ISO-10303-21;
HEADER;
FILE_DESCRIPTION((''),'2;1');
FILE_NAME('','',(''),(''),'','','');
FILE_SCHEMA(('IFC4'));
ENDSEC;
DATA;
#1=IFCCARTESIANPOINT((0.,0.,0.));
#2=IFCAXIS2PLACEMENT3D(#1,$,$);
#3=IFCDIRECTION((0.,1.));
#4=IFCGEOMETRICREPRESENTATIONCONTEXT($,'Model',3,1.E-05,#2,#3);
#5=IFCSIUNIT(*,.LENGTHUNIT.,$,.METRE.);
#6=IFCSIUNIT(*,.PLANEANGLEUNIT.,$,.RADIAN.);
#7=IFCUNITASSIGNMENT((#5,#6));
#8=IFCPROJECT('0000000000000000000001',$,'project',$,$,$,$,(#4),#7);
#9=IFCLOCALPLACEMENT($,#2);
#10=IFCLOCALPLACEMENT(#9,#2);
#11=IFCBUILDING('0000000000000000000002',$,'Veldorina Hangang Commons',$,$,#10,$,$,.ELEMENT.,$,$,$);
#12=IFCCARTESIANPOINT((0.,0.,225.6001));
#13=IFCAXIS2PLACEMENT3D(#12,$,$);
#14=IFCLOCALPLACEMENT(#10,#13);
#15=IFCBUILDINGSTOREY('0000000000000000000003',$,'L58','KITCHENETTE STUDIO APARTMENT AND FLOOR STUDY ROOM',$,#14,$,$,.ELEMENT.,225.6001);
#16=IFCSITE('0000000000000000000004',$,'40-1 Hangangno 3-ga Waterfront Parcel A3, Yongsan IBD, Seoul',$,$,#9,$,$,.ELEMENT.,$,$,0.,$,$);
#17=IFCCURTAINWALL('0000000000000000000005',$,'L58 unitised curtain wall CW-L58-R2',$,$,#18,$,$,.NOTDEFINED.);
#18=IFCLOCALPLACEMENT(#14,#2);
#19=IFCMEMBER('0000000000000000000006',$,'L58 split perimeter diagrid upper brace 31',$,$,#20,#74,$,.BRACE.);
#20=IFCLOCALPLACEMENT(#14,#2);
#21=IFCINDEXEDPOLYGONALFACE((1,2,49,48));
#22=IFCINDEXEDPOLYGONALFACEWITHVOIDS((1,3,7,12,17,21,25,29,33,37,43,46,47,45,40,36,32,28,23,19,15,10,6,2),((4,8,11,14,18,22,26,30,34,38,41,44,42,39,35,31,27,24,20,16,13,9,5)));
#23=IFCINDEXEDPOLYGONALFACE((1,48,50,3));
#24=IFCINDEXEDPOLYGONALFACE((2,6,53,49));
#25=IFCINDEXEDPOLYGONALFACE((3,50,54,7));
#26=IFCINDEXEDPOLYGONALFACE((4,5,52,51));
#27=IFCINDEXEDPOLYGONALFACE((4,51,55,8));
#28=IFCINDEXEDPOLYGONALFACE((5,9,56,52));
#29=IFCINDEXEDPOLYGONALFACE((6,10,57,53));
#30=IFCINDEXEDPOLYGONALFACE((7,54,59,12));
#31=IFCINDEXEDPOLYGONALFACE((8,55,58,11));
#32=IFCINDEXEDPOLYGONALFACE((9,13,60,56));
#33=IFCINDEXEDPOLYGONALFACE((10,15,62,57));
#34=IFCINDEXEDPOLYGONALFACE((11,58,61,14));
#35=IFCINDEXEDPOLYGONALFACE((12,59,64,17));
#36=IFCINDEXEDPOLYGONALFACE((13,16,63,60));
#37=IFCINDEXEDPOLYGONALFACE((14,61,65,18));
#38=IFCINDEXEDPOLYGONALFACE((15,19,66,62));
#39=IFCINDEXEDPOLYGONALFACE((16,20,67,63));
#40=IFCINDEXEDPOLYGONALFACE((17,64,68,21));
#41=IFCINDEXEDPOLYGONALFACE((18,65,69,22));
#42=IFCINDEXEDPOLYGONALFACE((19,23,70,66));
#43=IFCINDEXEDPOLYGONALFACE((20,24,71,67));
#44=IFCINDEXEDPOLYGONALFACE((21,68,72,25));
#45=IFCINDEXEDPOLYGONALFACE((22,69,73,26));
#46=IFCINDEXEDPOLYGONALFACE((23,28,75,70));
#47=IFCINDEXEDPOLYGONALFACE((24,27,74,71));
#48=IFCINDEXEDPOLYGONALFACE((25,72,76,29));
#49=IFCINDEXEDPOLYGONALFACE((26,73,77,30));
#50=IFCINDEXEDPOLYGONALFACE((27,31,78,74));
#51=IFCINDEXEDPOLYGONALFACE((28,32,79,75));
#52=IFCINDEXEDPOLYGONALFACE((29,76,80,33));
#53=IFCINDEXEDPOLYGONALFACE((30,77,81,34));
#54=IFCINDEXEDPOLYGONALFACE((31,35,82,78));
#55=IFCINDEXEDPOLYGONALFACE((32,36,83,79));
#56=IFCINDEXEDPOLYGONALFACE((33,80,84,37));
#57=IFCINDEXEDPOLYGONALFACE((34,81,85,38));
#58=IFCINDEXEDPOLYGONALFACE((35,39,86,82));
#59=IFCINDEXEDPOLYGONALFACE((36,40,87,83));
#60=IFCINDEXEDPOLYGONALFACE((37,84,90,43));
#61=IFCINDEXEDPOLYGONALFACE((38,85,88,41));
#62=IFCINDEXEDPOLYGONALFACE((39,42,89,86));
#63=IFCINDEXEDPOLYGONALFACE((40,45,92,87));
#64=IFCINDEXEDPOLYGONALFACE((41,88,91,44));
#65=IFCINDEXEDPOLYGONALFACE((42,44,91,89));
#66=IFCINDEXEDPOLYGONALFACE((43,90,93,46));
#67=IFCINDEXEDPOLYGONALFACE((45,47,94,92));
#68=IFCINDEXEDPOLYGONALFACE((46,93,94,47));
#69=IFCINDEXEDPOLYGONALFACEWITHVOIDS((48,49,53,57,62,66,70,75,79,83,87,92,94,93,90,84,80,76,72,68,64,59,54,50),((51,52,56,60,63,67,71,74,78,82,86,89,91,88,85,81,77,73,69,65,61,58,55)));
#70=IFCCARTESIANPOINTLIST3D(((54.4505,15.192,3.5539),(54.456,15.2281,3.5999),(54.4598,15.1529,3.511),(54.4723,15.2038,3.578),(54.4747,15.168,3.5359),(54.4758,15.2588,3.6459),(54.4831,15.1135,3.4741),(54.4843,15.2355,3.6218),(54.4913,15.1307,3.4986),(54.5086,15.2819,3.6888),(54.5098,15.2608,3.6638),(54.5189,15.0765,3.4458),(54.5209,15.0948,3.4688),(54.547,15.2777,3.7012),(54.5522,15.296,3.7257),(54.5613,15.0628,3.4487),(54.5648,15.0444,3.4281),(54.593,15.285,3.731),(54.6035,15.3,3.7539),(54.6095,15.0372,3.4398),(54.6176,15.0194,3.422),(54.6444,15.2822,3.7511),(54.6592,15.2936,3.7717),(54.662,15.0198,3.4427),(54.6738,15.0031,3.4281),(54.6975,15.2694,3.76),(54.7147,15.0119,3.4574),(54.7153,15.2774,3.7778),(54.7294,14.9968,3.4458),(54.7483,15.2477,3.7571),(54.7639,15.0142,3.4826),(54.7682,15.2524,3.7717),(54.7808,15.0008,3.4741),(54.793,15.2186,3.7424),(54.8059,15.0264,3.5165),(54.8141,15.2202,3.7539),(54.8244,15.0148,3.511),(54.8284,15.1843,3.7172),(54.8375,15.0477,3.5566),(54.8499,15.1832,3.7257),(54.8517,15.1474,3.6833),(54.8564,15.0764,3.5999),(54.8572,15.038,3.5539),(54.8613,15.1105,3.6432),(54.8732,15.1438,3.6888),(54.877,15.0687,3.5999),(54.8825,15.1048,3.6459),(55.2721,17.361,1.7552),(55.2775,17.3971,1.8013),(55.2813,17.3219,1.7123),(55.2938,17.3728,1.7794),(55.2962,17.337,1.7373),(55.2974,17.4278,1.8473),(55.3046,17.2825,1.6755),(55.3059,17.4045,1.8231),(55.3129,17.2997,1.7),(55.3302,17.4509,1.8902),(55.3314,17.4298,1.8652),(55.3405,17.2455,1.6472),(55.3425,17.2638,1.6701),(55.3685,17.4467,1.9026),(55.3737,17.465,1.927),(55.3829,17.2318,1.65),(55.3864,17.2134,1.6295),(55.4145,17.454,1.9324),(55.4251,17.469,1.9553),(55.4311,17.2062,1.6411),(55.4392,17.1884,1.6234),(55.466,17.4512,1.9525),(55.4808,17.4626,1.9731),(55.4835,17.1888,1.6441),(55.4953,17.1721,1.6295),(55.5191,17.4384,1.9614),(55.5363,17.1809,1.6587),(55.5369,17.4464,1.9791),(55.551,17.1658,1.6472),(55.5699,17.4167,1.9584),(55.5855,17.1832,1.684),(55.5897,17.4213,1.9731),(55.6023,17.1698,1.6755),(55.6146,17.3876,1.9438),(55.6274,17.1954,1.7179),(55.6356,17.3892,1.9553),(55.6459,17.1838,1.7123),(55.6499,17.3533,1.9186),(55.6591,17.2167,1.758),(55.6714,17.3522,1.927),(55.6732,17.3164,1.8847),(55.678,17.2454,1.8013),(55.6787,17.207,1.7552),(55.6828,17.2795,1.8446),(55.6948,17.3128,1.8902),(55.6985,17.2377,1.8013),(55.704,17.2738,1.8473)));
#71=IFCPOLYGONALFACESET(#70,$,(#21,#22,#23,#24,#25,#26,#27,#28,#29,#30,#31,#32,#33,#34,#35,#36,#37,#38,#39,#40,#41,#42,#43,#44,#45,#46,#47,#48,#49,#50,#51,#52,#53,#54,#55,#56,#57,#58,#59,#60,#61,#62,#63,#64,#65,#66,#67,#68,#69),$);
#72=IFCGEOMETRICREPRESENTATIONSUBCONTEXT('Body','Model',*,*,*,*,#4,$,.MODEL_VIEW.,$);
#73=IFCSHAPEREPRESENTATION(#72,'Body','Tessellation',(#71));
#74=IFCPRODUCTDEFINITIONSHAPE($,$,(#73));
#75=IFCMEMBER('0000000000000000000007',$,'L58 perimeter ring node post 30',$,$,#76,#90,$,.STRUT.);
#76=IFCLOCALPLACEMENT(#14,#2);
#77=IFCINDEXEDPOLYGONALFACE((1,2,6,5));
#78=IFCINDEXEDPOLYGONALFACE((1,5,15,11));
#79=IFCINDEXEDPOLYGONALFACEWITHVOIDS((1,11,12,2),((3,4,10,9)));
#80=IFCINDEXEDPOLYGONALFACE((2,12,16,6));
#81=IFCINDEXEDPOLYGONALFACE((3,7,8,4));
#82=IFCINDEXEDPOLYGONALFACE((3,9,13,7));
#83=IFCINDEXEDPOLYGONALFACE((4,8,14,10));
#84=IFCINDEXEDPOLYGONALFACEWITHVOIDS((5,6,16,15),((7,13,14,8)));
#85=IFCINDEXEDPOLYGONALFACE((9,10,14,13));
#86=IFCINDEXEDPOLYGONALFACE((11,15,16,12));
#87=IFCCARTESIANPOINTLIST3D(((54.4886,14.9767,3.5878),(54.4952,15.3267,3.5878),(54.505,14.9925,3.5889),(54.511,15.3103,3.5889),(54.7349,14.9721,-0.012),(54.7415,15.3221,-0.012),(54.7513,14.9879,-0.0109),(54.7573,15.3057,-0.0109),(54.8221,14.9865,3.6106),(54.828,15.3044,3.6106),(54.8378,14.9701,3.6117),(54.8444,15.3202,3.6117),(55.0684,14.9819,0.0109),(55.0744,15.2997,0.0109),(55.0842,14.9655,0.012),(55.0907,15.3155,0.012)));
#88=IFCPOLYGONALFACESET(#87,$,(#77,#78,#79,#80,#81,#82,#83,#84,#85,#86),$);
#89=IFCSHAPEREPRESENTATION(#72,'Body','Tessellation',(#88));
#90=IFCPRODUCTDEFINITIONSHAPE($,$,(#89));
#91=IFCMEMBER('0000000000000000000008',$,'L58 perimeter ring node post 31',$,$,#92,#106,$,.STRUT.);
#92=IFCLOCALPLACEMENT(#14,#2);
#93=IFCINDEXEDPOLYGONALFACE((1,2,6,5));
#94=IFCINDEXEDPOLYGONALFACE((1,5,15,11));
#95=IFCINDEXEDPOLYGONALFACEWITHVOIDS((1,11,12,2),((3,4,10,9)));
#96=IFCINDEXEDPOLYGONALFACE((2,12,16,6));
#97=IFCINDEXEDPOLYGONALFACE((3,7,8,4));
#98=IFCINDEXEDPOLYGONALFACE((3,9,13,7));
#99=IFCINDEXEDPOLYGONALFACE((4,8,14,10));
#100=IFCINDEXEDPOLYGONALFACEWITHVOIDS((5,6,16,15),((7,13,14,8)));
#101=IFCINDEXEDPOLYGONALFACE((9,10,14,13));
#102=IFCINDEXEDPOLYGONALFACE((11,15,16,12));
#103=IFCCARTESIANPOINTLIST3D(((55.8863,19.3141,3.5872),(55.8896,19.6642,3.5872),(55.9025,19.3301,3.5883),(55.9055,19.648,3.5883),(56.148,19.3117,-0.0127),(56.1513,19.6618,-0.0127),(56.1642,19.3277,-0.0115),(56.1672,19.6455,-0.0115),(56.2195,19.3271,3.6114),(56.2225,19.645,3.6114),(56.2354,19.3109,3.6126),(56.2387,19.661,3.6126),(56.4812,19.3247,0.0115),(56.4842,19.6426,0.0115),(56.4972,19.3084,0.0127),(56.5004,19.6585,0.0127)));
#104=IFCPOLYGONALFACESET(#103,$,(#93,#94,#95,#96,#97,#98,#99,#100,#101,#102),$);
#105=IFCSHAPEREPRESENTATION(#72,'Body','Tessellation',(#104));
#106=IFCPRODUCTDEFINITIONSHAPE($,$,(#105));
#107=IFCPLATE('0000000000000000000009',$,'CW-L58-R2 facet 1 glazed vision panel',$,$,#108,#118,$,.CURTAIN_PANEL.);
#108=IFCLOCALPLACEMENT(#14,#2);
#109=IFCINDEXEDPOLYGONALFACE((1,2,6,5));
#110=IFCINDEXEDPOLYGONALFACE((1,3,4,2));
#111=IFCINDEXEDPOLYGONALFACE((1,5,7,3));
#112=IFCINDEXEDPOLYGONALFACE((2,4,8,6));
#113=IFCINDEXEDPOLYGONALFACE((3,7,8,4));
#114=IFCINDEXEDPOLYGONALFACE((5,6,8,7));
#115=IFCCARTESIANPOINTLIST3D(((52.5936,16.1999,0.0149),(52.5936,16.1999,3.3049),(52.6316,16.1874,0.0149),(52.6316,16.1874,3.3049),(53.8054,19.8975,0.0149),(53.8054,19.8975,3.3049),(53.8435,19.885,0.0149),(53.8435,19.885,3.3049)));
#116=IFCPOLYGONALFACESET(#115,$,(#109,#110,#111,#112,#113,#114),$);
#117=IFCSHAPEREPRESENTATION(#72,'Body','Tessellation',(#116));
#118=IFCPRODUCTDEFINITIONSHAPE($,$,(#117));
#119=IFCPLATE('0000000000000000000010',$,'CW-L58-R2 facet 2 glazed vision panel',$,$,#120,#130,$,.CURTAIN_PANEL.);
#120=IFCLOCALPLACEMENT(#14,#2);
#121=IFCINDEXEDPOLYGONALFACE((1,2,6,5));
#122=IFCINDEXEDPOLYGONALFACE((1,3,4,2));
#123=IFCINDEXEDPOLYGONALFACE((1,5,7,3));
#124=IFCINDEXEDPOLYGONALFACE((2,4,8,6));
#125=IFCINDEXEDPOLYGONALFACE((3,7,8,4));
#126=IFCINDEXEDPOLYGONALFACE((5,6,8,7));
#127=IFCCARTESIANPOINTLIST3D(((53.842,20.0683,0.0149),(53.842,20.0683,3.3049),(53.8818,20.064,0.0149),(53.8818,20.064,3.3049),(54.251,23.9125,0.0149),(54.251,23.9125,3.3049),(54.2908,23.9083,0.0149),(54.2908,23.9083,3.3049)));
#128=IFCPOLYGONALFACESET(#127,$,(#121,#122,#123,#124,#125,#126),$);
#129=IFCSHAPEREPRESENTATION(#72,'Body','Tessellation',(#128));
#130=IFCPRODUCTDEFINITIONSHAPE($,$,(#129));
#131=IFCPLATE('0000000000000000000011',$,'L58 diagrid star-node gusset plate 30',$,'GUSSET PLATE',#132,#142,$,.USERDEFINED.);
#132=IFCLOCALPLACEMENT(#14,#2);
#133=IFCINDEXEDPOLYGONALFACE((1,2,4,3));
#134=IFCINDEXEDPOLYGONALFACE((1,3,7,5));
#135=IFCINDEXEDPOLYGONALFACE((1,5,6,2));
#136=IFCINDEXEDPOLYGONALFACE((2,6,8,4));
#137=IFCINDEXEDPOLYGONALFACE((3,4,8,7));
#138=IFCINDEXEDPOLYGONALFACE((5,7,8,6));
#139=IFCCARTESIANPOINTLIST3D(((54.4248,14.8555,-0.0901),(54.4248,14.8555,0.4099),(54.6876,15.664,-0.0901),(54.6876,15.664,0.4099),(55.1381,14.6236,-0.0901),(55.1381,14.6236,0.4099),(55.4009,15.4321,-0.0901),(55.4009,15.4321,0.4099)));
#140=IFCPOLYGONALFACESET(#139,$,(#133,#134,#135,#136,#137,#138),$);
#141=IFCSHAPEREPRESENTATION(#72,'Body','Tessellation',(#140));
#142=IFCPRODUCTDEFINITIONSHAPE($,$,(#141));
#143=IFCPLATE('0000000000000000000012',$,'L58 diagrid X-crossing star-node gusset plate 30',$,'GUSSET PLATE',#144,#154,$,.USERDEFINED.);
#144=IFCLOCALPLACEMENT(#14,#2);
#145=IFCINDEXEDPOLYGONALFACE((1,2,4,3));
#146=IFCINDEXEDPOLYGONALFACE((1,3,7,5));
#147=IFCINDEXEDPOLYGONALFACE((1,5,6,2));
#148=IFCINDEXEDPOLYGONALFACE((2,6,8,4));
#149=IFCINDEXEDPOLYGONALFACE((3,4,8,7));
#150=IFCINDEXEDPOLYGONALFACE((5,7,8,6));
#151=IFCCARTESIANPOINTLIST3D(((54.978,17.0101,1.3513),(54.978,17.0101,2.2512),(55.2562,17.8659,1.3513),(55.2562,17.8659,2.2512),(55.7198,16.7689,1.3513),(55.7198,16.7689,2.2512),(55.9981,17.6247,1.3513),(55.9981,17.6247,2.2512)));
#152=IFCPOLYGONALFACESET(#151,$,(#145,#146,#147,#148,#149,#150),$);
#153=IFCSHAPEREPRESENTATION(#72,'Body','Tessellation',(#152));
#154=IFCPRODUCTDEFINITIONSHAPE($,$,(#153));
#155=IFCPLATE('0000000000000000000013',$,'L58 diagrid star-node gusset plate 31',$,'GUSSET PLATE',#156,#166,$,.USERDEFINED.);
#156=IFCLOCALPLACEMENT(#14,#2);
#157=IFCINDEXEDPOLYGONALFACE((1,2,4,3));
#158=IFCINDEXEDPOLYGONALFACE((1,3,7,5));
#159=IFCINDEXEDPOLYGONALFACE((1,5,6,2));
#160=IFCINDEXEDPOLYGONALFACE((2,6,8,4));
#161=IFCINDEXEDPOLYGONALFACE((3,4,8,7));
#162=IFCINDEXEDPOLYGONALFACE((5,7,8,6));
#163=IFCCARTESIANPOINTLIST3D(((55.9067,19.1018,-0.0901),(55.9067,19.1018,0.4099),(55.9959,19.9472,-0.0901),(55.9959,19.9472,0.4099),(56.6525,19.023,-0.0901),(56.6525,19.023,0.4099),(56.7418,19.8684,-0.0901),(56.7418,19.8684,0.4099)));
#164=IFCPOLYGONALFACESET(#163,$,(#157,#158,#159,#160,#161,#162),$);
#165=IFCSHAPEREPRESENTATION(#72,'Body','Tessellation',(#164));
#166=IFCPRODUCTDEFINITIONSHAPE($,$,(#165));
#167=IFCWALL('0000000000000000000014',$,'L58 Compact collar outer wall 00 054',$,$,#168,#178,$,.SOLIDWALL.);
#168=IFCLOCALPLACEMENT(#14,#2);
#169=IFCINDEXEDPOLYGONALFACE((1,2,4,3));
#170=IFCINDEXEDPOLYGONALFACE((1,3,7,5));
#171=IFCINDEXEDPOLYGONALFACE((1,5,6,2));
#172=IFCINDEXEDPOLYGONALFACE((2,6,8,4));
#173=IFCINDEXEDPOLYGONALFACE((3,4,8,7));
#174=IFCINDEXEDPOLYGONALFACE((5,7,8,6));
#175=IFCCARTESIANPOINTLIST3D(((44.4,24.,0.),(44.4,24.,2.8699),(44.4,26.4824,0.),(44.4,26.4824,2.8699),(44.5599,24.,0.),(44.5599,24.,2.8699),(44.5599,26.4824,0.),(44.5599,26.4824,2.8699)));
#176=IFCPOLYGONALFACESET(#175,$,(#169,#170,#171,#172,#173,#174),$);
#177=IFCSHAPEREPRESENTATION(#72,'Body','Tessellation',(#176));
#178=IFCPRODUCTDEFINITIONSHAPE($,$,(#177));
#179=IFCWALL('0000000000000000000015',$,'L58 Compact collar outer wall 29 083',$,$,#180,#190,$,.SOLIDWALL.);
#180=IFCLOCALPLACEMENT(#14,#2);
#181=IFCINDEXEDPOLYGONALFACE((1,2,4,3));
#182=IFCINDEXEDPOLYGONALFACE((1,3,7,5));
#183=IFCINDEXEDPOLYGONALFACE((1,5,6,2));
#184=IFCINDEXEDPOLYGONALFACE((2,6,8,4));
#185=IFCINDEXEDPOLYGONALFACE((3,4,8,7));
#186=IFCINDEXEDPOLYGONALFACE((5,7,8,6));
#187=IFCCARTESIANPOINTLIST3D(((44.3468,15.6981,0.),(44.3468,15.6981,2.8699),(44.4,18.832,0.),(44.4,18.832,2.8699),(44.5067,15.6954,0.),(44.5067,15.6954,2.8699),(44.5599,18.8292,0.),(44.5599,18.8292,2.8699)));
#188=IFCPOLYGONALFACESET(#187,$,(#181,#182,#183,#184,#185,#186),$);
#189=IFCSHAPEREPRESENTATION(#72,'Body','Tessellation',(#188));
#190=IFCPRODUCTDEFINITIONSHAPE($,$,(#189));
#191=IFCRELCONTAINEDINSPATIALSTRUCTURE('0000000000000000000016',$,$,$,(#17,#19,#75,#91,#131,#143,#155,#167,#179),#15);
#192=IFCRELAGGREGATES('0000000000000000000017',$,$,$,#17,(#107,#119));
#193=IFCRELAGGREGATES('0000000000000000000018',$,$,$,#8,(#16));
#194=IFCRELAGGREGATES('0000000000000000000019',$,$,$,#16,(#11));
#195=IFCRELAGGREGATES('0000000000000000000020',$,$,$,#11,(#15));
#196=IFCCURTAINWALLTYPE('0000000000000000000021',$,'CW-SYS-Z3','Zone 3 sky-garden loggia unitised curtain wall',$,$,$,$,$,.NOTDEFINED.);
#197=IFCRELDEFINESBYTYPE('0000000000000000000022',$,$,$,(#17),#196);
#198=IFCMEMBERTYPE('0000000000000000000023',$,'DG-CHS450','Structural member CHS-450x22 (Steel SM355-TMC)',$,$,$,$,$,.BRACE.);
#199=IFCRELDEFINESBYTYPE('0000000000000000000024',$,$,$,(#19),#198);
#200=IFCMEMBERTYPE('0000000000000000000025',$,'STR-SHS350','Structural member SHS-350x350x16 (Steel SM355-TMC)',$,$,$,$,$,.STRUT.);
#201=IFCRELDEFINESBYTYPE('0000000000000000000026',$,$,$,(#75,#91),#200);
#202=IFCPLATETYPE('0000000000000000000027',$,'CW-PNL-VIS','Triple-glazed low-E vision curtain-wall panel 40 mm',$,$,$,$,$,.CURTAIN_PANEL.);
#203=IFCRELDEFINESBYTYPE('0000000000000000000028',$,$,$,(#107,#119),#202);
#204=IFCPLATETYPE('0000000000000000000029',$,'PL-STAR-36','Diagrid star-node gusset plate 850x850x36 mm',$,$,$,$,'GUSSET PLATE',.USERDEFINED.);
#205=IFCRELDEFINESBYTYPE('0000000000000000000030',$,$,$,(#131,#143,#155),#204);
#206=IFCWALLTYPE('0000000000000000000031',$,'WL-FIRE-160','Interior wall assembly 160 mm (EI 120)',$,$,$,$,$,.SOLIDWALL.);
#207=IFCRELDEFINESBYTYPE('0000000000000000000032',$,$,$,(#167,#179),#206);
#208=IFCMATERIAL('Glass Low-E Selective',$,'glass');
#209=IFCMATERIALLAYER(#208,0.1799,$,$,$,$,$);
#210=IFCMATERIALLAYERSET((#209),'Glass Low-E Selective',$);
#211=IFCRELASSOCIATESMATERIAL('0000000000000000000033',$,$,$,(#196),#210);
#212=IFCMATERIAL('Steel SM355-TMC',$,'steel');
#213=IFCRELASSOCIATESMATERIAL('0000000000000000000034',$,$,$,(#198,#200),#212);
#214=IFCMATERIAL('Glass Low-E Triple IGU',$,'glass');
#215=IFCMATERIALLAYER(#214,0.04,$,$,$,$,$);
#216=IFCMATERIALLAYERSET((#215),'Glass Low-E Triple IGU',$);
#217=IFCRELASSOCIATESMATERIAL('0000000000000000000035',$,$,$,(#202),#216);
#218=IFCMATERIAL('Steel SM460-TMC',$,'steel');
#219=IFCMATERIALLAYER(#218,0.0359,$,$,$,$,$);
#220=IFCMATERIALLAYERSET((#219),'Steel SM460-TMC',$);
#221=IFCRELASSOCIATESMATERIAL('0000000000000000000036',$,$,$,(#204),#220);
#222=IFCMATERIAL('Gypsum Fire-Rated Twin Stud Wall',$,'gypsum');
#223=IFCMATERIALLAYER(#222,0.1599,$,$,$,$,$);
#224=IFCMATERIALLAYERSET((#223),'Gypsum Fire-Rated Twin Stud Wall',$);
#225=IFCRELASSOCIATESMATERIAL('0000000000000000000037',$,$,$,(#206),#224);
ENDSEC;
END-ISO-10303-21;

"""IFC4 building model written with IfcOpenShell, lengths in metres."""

from ifc_helpers import new_model, si_unit, direction, frame, frame_2d, origin, origin_2d, place, context, subcontext, project, spatial, rectangle, hollow_rectangle, hollow_circle, extrude, material, layer, layer_set, material_profile, profile_set, type_object, element, aggregate, save


model = new_model("IFC4")

# Units and contexts
model_context = context("Model", 3, precision=1e-05, world=origin(), true_north=direction((0.0, 1.0)))
body_context = subcontext(model_context, "Body", "Model", "MODEL_VIEW")
ifc_project = project(units=[si_unit("LENGTHUNIT", "METRE"), si_unit("PLANEANGLEUNIT", "RADIAN")], contexts=[model_context])

# Site, building, storey
site_placement = place(None, origin())
site = spatial("IfcSite", under=ifc_project, at=site_placement, Name="40-1 Hangangno 3-ga Waterfront Parcel A3, Yongsan IBD, Seoul", CompositionType="ELEMENT", RefElevation=0.0)
building_placement = place(site_placement, origin())
building = spatial("IfcBuilding", under=site, at=building_placement, Name="Veldorina Hangang Commons", CompositionType="ELEMENT")
storey_placement = place(building_placement, frame((0.0, 0.0, 225.6001)))
storey = spatial("IfcBuildingStorey", under=building, at=storey_placement, Name="L58", Description="KITCHENETTE STUDIO APARTMENT AND FLOOR STUDY ROOM", CompositionType="ELEMENT", Elevation=225.6001)

# Shared definitions
ifc_material_1 = material(Name="Steel SM355-TMC", Category="steel")

# Shared definitions
ifc_material_2 = material(Name="Glass Low-E Selective", Category="glass")
ifc_layer_1 = layer(ifc_material_2, 0.1799)
ifc_layer_set_1 = layer_set([ifc_layer_1], Name="Glass Low-E Selective")
curtain_wall_type = type_object("IfcCurtainWallType", Name="CW-SYS-Z3", Description="Zone 3 sky-garden loggia unitised curtain wall", PredefinedType="NOTDEFINED", material=ifc_layer_set_1)

# Curtain wall
curtain_wall_1_placement = place(storey_placement, origin())
curtain_wall_1 = element("IfcCurtainWall", 1, at=curtain_wall_1_placement, inside=storey, type_object=curtain_wall_type, Name="L58 unitised curtain wall CW-L58-R2", PredefinedType="NOTDEFINED")

# Members
ifc_material_profile_1 = material_profile(ifc_material_1, hollow_circle(Radius=0.2251, WallThickness=0.022, at=origin_2d()), Name="CHS-450x22")
ifc_profile_set_1 = profile_set([ifc_material_profile_1], Name="Steel SM355-TMC")
member_type_1 = type_object("IfcMemberType", Name="DG-CHS450", Description="Structural member CHS-450x22 (Steel SM355-TMC)", PredefinedType="BRACE", material=ifc_profile_set_1)
member_1_placement = place(storey_placement, frame((55.488, 17.3174, 1.8013), z_axis=(-0.27991, -0.738997, 0.612808), x_axis=(0.935165, -0.354213, 0.0)))
element("IfcMember", 2, at=member_1_placement, inside=storey, type_object=member_type_1, Name="L58 split perimeter diagrid upper brace 31", PredefinedType="BRACE", context=body_context, shape_type="SweptSolid", body=[
    extrude(hollow_circle(Radius=0.2251, WallThickness=0.022, at=origin_2d()), origin(), (0.0, 0.0, 1.0), 2.9351),
])
ifc_material_profile_2 = material_profile(ifc_material_1, hollow_rectangle(XDim=0.3501, YDim=0.3501, WallThickness=0.0161, at=origin_2d()), Name="SHS-350x350x16")
ifc_profile_set_2 = profile_set([ifc_material_profile_2], Name="Steel SM355-TMC")
member_type_2 = type_object("IfcMemberType", Name="STR-SHS350", Description="Structural member SHS-350x350x16 (Steel SM355-TMC)", PredefinedType="STRUT", material=ifc_profile_set_2)
member_2_placement = place(storey_placement, frame((54.9128, 15.1438, 0.0), z_axis=(-0.06827, 0.001286, 0.997666), x_axis=(-0.018827, -0.999823, 0.0)))
element("IfcMember", 3, at=member_2_placement, inside=storey, type_object=member_type_2, Name="L58 perimeter ring node post 30", PredefinedType="STRUT", context=body_context, shape_type="SweptSolid", body=[
    extrude(hollow_rectangle(XDim=0.3501, YDim=0.3501, WallThickness=0.0161, at=origin_2d()), origin(), (0.0, 0.0, 1.0), 3.6082),
])
member_3_placement = place(storey_placement, frame((56.3242, 19.4851, 0.0), z_axis=(-0.072511, 0.000676, 0.997367), x_axis=(-0.009328, -0.999956, 0.0)))
element("IfcMember", 4, at=member_3_placement, inside=storey, type_object=member_type_2, Name="L58 perimeter ring node post 31", PredefinedType="STRUT", context=body_context, shape_type="SweptSolid", body=[
    extrude(hollow_rectangle(XDim=0.3501, YDim=0.3501, WallThickness=0.0161, at=origin_2d()), origin(), (0.0, 0.0, 1.0), 3.6094),
])

# Plates
ifc_material_3 = material(Name="Glass Low-E Triple IGU", Category="glass")
ifc_layer_2 = layer(ifc_material_3, 0.04)
ifc_layer_set_2 = layer_set([ifc_layer_2], Name="Glass Low-E Triple IGU")
plate_type_1 = type_object("IfcPlateType", Name="CW-PNL-VIS", Description="Triple-glazed low-E vision curtain-wall panel 40 mm", PredefinedType="CURTAIN_PANEL", material=ifc_layer_set_2)
plate_1_placement = place(storey_placement, frame((53.2185, 18.0425, 0.0149), z_axis=(0.0, 0.0, 1.0), x_axis=(0.311439, 0.950266, 0.0)))
plate_1 = element("IfcPlate", 5, at=plate_1_placement, type_object=plate_type_1, Name="CW-L58-R2 facet 1 glazed vision panel", PredefinedType="CURTAIN_PANEL", context=body_context, shape_type="SweptSolid", body=[
    extrude(rectangle(XDim=3.8911, YDim=0.04, at=origin_2d()), origin(), (0.0, 0.0, 1.0), 3.29),
])
plate_2_placement = place(storey_placement, frame((54.0664, 21.9883, 0.0149), z_axis=(0.0, 0.0, 1.0), x_axis=(0.105813, 0.994386, 0.0)))
plate_2 = element("IfcPlate", 6, at=plate_2_placement, type_object=plate_type_1, Name="CW-L58-R2 facet 2 glazed vision panel", PredefinedType="CURTAIN_PANEL", context=body_context, shape_type="SweptSolid", body=[
    extrude(rectangle(XDim=3.866, YDim=0.04, at=origin_2d()), origin(), (0.0, 0.0, 1.0), 3.29),
])
aggregate(curtain_wall_1, [plate_1, plate_2])

# Plates
ifc_material_4 = material(Name="Steel SM460-TMC", Category="steel")
ifc_layer_3 = layer(ifc_material_4, 0.0359)
ifc_layer_set_3 = layer_set([ifc_layer_3], Name="Steel SM460-TMC")
plate_type_2 = type_object("IfcPlateType", Name="PL-STAR-36", Description="Diagrid star-node gusset plate 850x850x36 mm", ElementType="GUSSET PLATE", PredefinedType="USERDEFINED", material=ifc_layer_set_3)
plate_3_placement = place(storey_placement, frame((54.9128, 15.1438, -0.0901), z_axis=(0.0, 0.0, 1.0), x_axis=(0.309166, 0.951008, 0.0)))
element("IfcPlate", 7, at=plate_3_placement, inside=storey, type_object=plate_type_2, Name="L58 diagrid star-node gusset plate 30", ObjectType="GUSSET PLATE", PredefinedType="USERDEFINED", context=body_context, shape_type="SweptSolid", body=[
    extrude(rectangle(XDim=0.8501, YDim=0.75, at=origin_2d()), origin(), (0.0, 0.0, 1.0), 0.5),
])
plate_4_placement = place(storey_placement, frame((55.488, 17.3174, 1.3513), z_axis=(0.0, 0.0, 1.0), x_axis=(0.309166, 0.951008, 0.0)))
element("IfcPlate", 8, at=plate_4_placement, inside=storey, type_object=plate_type_2, Name="L58 diagrid X-crossing star-node gusset plate 30", ObjectType="GUSSET PLATE", PredefinedType="USERDEFINED", context=body_context, shape_type="SweptSolid", body=[
    extrude(rectangle(XDim=0.8999, YDim=0.78, at=origin_2d()), origin(), (0.0, 0.0, 1.0), 0.8999),
])
plate_5_placement = place(storey_placement, frame((56.3242, 19.4851, -0.0901), z_axis=(0.0, 0.0, 1.0), x_axis=(0.104962, 0.994476, 0.0)))
element("IfcPlate", 9, at=plate_5_placement, inside=storey, type_object=plate_type_2, Name="L58 diagrid star-node gusset plate 31", ObjectType="GUSSET PLATE", PredefinedType="USERDEFINED", context=body_context, shape_type="SweptSolid", body=[
    extrude(rectangle(XDim=0.8501, YDim=0.75, at=origin_2d()), origin(), (0.0, 0.0, 1.0), 0.5),
])

# Walls
ifc_material_5 = material(Name="Gypsum Fire-Rated Twin Stud Wall", Category="gypsum")
ifc_layer_4 = layer(ifc_material_5, 0.1599)
ifc_layer_set_4 = layer_set([ifc_layer_4], Name="Gypsum Fire-Rated Twin Stud Wall")
wall_type_1 = type_object("IfcWallType", Name="WL-FIRE-160", Description="Interior wall assembly 160 mm (EI 120)", PredefinedType="SOLIDWALL", material=ifc_layer_set_4)
wall_1_placement = place(storey_placement, frame((44.48, 24.0, 0.0), z_axis=(0.0, 0.0, 1.0), x_axis=(0.0, 1.0, 0.0)))
element("IfcWall", 10, at=wall_1_placement, inside=storey, type_object=wall_type_1, Name="L58 Compact collar outer wall 00 054", PredefinedType="SOLIDWALL", context=body_context, shape_type="SweptSolid", body=[
    extrude(rectangle(XDim=2.4824, YDim=0.1599, at=frame_2d((1.2412, 0.0))), origin(), (0.0, 0.0, 1.0), 2.8699),
])
wall_2_placement = place(storey_placement, frame((44.4268, 15.6968, 0.0), z_axis=(0.0, 0.0, 1.0), x_axis=(0.016981, 0.999856, 0.0)))
element("IfcWall", 11, at=wall_2_placement, inside=storey, type_object=wall_type_1, Name="L58 Compact collar outer wall 29 083", PredefinedType="SOLIDWALL", context=body_context, shape_type="SweptSolid", body=[
    extrude(rectangle(XDim=3.1343, YDim=0.1599, at=frame_2d((1.5671, 0.0))), origin(), (0.0, 0.0, 1.0), 2.8699),
])

save(model, "model.ifc")
